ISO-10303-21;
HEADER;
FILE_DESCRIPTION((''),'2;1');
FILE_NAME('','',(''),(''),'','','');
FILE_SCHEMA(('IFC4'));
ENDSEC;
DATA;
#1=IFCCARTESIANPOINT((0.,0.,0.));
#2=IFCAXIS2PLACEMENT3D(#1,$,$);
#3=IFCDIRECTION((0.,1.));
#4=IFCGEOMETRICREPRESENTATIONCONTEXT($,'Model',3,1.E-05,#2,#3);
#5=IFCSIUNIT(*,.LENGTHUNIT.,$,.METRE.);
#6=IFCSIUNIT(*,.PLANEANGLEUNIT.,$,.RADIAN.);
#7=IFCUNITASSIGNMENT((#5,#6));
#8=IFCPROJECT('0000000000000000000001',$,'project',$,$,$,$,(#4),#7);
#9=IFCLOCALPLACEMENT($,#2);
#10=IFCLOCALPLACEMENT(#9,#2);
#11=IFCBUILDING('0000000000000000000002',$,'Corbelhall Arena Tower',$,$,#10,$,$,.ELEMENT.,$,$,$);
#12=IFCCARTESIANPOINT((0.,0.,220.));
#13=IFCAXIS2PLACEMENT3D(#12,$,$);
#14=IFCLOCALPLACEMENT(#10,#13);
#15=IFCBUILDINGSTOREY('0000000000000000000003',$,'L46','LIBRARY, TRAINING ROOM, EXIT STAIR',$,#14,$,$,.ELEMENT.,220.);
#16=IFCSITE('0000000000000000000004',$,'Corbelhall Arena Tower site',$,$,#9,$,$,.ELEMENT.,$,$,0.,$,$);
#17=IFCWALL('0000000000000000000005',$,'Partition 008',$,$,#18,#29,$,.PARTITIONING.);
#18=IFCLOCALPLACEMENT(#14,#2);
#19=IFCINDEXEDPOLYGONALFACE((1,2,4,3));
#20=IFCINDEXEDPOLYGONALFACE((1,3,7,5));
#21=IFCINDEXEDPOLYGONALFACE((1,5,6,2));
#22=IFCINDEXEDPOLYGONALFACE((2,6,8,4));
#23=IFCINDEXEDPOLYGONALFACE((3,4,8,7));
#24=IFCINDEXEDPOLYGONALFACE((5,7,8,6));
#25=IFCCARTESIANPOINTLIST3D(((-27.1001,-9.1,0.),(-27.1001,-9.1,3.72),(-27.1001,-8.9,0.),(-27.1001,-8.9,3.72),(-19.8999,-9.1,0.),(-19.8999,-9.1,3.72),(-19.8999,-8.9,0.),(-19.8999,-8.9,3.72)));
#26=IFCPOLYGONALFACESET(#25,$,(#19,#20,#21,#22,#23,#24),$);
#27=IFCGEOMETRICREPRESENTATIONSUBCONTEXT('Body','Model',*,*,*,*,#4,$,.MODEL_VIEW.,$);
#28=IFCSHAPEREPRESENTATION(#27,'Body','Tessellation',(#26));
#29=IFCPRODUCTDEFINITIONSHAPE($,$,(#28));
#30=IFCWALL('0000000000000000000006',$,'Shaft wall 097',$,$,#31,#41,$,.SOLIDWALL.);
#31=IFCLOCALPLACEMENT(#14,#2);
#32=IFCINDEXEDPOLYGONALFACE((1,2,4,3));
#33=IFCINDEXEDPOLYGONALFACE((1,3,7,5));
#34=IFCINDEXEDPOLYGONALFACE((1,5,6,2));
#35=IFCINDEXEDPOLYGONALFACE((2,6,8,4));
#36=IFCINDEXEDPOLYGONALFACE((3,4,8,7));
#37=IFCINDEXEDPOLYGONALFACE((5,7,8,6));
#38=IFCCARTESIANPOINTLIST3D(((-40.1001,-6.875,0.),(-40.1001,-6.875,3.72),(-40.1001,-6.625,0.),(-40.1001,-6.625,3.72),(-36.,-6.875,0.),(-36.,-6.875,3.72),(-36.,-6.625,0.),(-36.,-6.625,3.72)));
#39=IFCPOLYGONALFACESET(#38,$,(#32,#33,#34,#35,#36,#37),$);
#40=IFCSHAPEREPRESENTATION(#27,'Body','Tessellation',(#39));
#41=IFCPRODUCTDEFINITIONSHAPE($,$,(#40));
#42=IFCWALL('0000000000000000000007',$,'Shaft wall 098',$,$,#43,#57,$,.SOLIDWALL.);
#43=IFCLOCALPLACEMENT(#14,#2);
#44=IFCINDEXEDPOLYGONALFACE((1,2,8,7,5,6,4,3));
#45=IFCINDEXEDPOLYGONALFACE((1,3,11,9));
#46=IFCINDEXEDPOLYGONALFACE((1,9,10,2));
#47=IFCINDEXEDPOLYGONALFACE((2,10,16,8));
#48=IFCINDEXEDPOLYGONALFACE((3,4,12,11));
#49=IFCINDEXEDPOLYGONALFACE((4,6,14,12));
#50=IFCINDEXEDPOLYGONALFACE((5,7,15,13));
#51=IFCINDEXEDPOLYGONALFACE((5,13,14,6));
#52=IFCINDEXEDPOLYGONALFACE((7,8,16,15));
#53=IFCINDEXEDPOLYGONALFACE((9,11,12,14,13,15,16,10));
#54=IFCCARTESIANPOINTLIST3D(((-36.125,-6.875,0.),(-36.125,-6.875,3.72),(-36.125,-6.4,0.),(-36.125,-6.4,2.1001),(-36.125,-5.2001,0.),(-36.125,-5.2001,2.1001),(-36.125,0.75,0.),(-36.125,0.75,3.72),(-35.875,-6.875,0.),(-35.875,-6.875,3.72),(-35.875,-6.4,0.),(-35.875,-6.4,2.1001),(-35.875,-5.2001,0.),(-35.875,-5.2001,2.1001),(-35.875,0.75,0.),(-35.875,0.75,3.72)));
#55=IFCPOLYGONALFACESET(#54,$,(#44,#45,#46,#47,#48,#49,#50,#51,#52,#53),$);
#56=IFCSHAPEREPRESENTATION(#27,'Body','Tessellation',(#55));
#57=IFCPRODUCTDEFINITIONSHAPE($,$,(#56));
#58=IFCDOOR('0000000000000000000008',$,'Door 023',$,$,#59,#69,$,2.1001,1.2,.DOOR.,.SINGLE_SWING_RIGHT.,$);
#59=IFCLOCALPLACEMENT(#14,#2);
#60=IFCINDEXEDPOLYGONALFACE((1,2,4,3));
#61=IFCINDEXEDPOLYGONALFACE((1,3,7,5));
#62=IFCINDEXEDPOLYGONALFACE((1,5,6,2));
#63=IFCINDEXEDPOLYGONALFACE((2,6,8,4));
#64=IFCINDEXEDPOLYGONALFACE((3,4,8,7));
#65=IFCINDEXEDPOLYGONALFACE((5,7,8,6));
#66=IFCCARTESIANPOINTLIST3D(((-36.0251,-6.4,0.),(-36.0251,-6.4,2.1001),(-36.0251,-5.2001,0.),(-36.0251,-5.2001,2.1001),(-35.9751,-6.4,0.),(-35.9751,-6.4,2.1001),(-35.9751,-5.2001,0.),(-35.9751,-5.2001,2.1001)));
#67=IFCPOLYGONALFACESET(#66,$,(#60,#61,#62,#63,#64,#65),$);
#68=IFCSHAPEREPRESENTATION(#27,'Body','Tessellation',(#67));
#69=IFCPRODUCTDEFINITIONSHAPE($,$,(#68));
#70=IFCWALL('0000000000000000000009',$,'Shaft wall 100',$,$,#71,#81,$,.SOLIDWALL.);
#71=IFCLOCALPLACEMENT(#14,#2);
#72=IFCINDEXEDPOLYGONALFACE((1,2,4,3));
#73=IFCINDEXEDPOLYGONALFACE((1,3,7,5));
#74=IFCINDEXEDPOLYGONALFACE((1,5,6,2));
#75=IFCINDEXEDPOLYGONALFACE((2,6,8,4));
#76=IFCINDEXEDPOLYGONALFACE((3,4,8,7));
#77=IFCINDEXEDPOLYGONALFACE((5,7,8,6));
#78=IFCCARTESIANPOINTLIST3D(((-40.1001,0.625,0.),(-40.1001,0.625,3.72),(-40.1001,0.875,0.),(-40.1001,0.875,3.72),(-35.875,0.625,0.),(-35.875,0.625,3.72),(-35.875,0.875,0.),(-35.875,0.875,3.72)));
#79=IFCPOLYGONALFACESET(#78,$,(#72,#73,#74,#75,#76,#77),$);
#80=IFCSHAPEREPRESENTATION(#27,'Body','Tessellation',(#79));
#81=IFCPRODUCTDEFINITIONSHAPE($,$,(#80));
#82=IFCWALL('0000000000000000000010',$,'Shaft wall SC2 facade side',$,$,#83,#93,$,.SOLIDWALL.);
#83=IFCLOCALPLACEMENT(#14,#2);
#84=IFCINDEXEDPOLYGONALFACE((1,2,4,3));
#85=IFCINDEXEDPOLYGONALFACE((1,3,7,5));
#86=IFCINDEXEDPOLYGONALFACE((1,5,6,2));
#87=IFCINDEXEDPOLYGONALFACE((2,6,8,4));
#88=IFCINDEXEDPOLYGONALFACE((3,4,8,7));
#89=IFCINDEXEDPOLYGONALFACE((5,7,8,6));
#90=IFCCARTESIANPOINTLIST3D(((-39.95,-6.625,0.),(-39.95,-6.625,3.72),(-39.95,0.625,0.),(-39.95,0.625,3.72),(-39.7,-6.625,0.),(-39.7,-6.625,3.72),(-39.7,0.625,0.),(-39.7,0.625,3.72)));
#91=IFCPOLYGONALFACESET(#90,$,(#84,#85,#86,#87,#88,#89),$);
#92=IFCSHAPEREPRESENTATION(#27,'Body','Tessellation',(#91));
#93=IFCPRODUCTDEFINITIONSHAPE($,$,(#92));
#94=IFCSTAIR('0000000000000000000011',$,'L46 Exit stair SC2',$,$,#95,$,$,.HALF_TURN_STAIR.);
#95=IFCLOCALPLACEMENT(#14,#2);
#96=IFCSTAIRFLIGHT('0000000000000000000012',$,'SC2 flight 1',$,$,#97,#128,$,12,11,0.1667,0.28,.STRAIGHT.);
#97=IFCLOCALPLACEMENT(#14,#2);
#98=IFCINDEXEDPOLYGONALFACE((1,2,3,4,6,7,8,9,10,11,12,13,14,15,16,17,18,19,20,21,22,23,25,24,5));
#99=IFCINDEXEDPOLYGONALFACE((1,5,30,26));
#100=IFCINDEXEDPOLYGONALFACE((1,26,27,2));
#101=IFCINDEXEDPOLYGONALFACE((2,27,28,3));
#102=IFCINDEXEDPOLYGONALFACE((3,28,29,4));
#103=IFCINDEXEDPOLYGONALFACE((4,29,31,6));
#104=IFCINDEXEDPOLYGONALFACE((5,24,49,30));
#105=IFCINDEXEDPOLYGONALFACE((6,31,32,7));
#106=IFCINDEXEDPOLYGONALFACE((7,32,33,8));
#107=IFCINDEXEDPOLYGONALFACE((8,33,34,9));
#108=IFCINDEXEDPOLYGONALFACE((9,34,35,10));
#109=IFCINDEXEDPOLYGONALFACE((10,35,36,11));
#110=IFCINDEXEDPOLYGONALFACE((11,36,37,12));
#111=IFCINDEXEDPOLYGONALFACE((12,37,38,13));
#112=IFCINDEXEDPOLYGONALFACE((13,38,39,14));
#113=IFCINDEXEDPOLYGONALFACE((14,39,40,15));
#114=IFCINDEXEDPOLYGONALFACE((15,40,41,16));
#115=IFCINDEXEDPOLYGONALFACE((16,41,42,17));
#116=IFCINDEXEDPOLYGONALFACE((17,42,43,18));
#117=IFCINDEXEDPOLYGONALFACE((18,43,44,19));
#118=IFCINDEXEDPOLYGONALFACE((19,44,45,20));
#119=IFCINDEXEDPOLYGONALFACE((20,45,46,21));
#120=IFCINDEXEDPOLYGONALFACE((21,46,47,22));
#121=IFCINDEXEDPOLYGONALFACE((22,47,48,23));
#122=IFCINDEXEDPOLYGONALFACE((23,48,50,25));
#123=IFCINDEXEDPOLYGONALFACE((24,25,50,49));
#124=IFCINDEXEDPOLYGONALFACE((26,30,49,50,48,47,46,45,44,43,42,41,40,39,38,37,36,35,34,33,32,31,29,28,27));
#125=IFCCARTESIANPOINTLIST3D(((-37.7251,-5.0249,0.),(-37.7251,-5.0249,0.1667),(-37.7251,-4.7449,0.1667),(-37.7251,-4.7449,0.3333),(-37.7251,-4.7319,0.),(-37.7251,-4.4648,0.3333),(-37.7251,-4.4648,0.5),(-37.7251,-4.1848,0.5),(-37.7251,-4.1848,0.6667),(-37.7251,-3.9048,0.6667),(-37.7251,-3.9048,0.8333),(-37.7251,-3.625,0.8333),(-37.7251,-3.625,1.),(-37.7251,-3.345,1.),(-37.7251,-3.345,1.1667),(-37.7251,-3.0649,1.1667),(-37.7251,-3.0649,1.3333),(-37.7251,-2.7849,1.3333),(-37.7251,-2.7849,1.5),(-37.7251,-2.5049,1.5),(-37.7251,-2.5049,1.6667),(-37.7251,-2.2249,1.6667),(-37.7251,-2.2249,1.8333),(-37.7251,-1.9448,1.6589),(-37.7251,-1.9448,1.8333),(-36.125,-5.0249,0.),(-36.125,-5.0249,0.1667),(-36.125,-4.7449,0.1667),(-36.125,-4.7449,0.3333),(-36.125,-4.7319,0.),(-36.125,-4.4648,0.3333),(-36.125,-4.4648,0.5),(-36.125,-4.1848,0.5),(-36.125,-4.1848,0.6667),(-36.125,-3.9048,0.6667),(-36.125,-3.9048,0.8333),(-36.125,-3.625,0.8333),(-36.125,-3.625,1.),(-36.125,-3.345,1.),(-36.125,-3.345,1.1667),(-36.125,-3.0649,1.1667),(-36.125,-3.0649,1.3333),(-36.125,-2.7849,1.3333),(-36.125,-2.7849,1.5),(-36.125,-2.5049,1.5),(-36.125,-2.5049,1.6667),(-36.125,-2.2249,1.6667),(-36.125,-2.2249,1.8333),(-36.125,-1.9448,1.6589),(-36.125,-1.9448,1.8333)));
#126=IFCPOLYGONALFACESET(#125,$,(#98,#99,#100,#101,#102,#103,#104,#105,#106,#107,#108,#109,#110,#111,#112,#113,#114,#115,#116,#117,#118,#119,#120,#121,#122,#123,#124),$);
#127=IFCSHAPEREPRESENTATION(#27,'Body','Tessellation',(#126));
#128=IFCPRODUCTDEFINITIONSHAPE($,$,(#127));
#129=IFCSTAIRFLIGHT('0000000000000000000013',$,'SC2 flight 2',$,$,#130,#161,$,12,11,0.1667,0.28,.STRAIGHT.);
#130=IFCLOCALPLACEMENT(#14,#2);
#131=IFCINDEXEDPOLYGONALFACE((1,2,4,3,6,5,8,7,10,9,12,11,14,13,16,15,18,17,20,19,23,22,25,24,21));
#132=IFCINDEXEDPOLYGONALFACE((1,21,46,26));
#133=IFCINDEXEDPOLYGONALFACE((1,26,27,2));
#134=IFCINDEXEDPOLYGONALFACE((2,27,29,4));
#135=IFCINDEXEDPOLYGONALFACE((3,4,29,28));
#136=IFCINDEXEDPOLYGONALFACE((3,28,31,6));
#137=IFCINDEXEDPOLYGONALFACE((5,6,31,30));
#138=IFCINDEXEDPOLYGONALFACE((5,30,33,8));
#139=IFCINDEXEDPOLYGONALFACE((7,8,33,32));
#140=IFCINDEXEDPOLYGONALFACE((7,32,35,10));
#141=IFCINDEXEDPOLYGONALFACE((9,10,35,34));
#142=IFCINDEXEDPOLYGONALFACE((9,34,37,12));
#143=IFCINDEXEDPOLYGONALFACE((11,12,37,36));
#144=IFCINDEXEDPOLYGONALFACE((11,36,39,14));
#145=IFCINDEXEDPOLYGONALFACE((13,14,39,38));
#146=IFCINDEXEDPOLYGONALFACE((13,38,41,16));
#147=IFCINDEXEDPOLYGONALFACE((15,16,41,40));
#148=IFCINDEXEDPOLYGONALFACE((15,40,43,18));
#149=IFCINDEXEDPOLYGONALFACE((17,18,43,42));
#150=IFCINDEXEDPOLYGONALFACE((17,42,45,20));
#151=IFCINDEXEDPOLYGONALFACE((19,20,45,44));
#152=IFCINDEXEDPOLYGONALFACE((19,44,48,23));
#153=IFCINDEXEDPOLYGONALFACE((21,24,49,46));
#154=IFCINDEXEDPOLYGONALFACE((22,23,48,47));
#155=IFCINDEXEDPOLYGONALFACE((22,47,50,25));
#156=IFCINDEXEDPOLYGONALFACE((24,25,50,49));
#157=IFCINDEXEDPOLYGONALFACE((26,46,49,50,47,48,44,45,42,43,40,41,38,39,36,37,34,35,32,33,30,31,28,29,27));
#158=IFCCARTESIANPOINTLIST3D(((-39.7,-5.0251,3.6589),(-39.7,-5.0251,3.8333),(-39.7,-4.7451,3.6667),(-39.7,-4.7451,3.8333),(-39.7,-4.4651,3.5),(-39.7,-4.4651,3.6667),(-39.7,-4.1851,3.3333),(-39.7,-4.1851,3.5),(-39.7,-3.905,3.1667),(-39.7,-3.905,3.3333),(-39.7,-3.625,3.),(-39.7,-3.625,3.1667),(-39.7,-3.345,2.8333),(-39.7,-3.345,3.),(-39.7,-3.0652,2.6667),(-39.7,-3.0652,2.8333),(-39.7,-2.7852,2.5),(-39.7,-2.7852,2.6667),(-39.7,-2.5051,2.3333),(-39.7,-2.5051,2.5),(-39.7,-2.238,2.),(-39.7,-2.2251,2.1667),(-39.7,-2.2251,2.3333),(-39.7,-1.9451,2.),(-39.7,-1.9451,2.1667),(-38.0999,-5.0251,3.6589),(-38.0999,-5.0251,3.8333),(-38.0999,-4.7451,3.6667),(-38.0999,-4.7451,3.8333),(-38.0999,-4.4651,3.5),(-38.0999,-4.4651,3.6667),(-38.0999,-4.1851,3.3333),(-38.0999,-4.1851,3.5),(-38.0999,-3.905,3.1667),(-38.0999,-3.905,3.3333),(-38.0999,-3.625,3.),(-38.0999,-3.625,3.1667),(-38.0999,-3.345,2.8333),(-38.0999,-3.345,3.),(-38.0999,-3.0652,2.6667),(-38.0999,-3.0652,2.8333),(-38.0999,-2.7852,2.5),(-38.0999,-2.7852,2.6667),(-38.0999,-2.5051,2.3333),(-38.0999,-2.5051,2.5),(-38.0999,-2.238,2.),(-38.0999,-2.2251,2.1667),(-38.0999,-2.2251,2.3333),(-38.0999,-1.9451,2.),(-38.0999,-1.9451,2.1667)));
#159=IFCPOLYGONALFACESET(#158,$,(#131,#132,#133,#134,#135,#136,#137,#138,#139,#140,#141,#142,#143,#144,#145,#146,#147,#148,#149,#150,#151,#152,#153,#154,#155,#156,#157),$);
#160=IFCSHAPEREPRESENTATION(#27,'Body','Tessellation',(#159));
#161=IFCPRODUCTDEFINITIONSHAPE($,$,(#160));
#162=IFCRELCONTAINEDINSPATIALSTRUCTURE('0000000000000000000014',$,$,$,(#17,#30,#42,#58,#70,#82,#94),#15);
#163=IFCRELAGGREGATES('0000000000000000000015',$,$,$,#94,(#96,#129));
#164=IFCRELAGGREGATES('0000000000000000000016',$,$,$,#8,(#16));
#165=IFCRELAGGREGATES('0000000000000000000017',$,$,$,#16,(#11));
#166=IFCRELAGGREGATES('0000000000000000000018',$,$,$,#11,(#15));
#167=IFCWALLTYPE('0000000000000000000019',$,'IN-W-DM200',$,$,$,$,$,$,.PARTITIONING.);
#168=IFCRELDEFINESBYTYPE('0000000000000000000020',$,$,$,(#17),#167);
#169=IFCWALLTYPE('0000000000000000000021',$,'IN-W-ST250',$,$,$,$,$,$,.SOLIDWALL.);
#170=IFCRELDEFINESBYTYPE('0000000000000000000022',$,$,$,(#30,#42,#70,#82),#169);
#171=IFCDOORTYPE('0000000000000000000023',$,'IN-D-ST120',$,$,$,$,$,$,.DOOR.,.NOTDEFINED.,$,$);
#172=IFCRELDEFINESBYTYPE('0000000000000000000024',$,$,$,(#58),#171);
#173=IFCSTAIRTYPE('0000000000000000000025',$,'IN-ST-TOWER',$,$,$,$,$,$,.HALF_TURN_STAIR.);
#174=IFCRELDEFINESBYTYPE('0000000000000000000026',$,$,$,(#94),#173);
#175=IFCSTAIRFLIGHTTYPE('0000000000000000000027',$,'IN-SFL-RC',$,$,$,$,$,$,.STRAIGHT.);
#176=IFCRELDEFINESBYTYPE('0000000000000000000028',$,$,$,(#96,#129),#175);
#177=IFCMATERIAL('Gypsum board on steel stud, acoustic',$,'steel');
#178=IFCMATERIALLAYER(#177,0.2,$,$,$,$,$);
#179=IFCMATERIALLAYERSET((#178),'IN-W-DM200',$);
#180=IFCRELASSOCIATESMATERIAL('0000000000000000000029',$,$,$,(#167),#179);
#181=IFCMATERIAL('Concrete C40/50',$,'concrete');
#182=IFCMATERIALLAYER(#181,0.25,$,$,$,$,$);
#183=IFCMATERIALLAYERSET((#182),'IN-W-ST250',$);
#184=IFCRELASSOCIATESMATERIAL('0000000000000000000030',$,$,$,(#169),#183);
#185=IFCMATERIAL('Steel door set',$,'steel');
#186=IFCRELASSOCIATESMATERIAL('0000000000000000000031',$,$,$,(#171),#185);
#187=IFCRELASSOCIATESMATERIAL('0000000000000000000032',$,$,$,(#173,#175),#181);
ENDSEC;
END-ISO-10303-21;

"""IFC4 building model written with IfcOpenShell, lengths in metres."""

from ifc_helpers import new_model, si_unit, direction, frame, frame_2d, origin, place, context, subcontext, project, spatial, polyline, rectangle, outline, extrude, material, layer, layer_set, type_object, element, fill, aggregate, save


model = new_model("IFC4")

# Units and contexts
model_context = context("Model", 3, precision=1e-05, world=origin(), true_north=direction((0.0, 1.0)))
body_context = subcontext(model_context, "Body", "Model", "MODEL_VIEW")
ifc_project = project(units=[si_unit("LENGTHUNIT", "METRE"), si_unit("PLANEANGLEUNIT", "RADIAN")], contexts=[model_context])

# Site, building, storey
site_placement = place(None, origin())
site = spatial("IfcSite", under=ifc_project, at=site_placement, Name="Corbelhall Arena Tower site", CompositionType="ELEMENT", RefElevation=0.0)
building_placement = place(site_placement, origin())
building = spatial("IfcBuilding", under=site, at=building_placement, Name="Corbelhall Arena Tower", CompositionType="ELEMENT")
storey_placement = place(building_placement, frame((0.0, 0.0, 220.0)))
storey = spatial("IfcBuildingStorey", under=building, at=storey_placement, Name="L46", Description="LIBRARY, TRAINING ROOM, EXIT STAIR", CompositionType="ELEMENT", Elevation=220.0)

# Shared definitions
ifc_material_1 = material(Name="Gypsum board on steel stud, acoustic", Category="steel")
ifc_layer_1 = layer(ifc_material_1, 0.2)
ifc_layer_set_1 = layer_set([ifc_layer_1], Name="IN-W-DM200")
wall_type_1 = type_object("IfcWallType", Name="IN-W-DM200", PredefinedType="PARTITIONING", material=ifc_layer_set_1)

# Shared definitions
ifc_material_2 = material(Name="Steel door set", Category="steel")

# Walls
wall_1_placement = place(storey_placement, frame((-27.1001, -9.0, 0.0), z_axis=(0.0, 0.0, 1.0), x_axis=(1.0, 0.0, 0.0)))
element("IfcWall", 1, at=wall_1_placement, inside=storey, type_object=wall_type_1, Name="Partition 008", PredefinedType="PARTITIONING", context=body_context, shape_type="SweptSolid", body=[
    extrude(rectangle(XDim=7.2002, YDim=0.2, at=frame_2d((3.6001, 0.0))), origin(), (0.0, 0.0, 1.0), 3.72),
])
ifc_material_3 = material(Name="Concrete C40/50", Category="concrete")
ifc_layer_2 = layer(ifc_material_3, 0.25)
ifc_layer_set_2 = layer_set([ifc_layer_2], Name="IN-W-ST250")
wall_type_2 = type_object("IfcWallType", Name="IN-W-ST250", PredefinedType="SOLIDWALL", material=ifc_layer_set_2)
wall_2_placement = place(storey_placement, frame((-36.0, -6.75, 0.0), z_axis=(0.0, 0.0, 1.0), x_axis=(-1.0, 0.0, 0.0)))
element("IfcWall", 2, at=wall_2_placement, inside=storey, type_object=wall_type_2, Name="Shaft wall 097", PredefinedType="SOLIDWALL", context=body_context, shape_type="SweptSolid", body=[
    extrude(rectangle(XDim=4.1001, YDim=0.25, at=frame_2d((2.05, 0.0))), origin(), (0.0, 0.0, 1.0), 3.72),
])

# Wall, opening, door
wall_3_placement = place(storey_placement, frame((-36.0, 0.75, 0.0), z_axis=(0.0, 0.0, 1.0), x_axis=(0.0, -1.0, 0.0)))
wall_3 = element("IfcWall", 3, at=wall_3_placement, inside=storey, type_object=wall_type_2, Name="Shaft wall 098", PredefinedType="SOLIDWALL", context=body_context, shape_type="SweptSolid", body=[
    extrude(rectangle(XDim=7.625, YDim=0.25, at=frame_2d((3.8125, 0.0))), origin(), (0.0, 0.0, 1.0), 3.72),
])
opening_1_placement = place(wall_3_placement, frame((5.95, 0.0, 0.0)))
opening_1 = element("IfcOpeningElement", 4, at=opening_1_placement, cuts=wall_3, PredefinedType="OPENING", context=body_context, shape_type="SweptSolid", body=[
    extrude(rectangle(XDim=1.2, YDim=2.1001, at=frame_2d((0.6001, 1.05))), frame((0.0, 0.125, 0.0), z_axis=(0.0, -1.0, 0.0), x_axis=(1.0, 0.0, 0.0)), (0.0, 0.0, 1.0), 0.25),
])
door_type_1 = type_object("IfcDoorType", Name="IN-D-ST120", OperationType="NOTDEFINED", PredefinedType="DOOR", material=ifc_material_2)
door_1_placement = place(opening_1_placement, origin())
door_1 = element("IfcDoor", 5, at=door_1_placement, inside=storey, type_object=door_type_1, Name="Door 023", OperationType="SINGLE_SWING_RIGHT", OverallHeight=2.1001, OverallWidth=1.2, PredefinedType="DOOR", context=body_context, shape_type="SweptSolid", body=[
    extrude(rectangle(XDim=1.2, YDim=2.1001, at=frame_2d((0.6001, 1.05))), frame((0.0, 0.0249, 0.0), z_axis=(0.0, -1.0, 0.0), x_axis=(1.0, 0.0, 0.0)), (0.0, 0.0, 1.0), 0.05),
])
fill(opening_1, door_1)

# Walls
wall_4_placement = place(storey_placement, frame((-35.875, 0.75, 0.0), z_axis=(0.0, 0.0, 1.0), x_axis=(-1.0, 0.0, 0.0)))
element("IfcWall", 6, at=wall_4_placement, inside=storey, type_object=wall_type_2, Name="Shaft wall 100", PredefinedType="SOLIDWALL", context=body_context, shape_type="SweptSolid", body=[
    extrude(rectangle(XDim=4.2251, YDim=0.25, at=frame_2d((2.1125, 0.0))), origin(), (0.0, 0.0, 1.0), 3.72),
])
wall_5_placement = place(storey_placement, frame((-39.825, -6.625, 0.0), z_axis=(0.0, 0.0, 1.0), x_axis=(0.0, 1.0, 0.0)))
element("IfcWall", 7, at=wall_5_placement, inside=storey, type_object=wall_type_2, Name="Shaft wall SC2 facade side", PredefinedType="SOLIDWALL", context=body_context, shape_type="SweptSolid", body=[
    extrude(rectangle(XDim=7.25, YDim=0.25, at=frame_2d((3.625, 0.0))), origin(), (0.0, 0.0, 1.0), 3.72),
])

# Stair, stair flights
stair_type = type_object("IfcStairType", Name="IN-ST-TOWER", PredefinedType="HALF_TURN_STAIR", material=ifc_material_3)
stair_placement = place(storey_placement, origin())
stair = element("IfcStair", 8, at=stair_placement, inside=storey, type_object=stair_type, Name="L46 Exit stair SC2", PredefinedType="HALF_TURN_STAIR")
stair_flight_type = type_object("IfcStairFlightType", Name="IN-SFL-RC", PredefinedType="STRAIGHT", material=ifc_material_3)
stair_flight_1_placement = place(storey_placement, frame((-36.925, -5.0249, 0.0), z_axis=(0.0, 0.0, 1.0), x_axis=(0.0, 1.0, 0.0)))
stair_flight_1 = element("IfcStairFlight", 9, at=stair_flight_1_placement, type_object=stair_flight_type, Name="SC2 flight 1", NumberOfRisers=12, NumberOfTreads=11, PredefinedType="STRAIGHT", RiserHeight=0.1667, TreadLength=0.28, context=body_context, shape_type="SweptSolid", body=[
    extrude(outline(polyline([(0.0, 0.0), (0.0, 0.1667), (0.28, 0.1667), (0.28, 0.3333), (0.5601, 0.3333), (0.5601, 0.5), (0.8401, 0.5), (0.8401, 0.6667), (1.1201, 0.6667), (1.1201, 0.8333), (1.3999, 0.8333), (1.3999, 1.0), (1.6799, 1.0), (1.6799, 1.1667), (1.96, 1.1667), (1.96, 1.3333), (2.24, 1.3333), (2.24, 1.5), (2.52, 1.5), (2.52, 1.6667), (2.8, 1.6667), (2.8, 1.8333), (3.0801, 1.8333), (3.0801, 2.0), (3.0801, 1.6589), (0.293, 0.0), (0.0, 0.0)])), frame((0.0, 0.8, 0.0), z_axis=(0.0, -1.0, 0.0), x_axis=(1.0, 0.0, 0.0)), (0.0, 0.0, 1.0), 1.6001),
])
stair_flight_2_placement = place(storey_placement, frame((-38.8999, -1.9451, 2.0), z_axis=(0.0, 0.0, 1.0), x_axis=(0.0, -1.0, 0.0)))
stair_flight_2 = element("IfcStairFlight", 10, at=stair_flight_2_placement, type_object=stair_flight_type, Name="SC2 flight 2", NumberOfRisers=12, NumberOfTreads=11, PredefinedType="STRAIGHT", RiserHeight=0.1667, TreadLength=0.28, context=body_context, shape_type="SweptSolid", body=[
    extrude(outline(polyline([(0.0, 0.0), (0.0, 0.1667), (0.28, 0.1667), (0.28, 0.3333), (0.5601, 0.3333), (0.5601, 0.5), (0.8401, 0.5), (0.8401, 0.6667), (1.1201, 0.6667), (1.1201, 0.8333), (1.3999, 0.8333), (1.3999, 1.0), (1.6799, 1.0), (1.6799, 1.1667), (1.96, 1.1667), (1.96, 1.3333), (2.24, 1.3333), (2.24, 1.5), (2.52, 1.5), (2.52, 1.6667), (2.8, 1.6667), (2.8, 1.8333), (3.0801, 1.8333), (3.0801, 2.0), (3.0801, 1.6589), (0.293, 0.0), (0.0, 0.0)])), frame((0.0, 0.8, 0.0), z_axis=(0.0, -1.0, 0.0), x_axis=(1.0, 0.0, 0.0)), (0.0, 0.0, 1.0), 1.6001),
])
aggregate(stair, [stair_flight_1, stair_flight_2])

save(model, "model.ifc")
